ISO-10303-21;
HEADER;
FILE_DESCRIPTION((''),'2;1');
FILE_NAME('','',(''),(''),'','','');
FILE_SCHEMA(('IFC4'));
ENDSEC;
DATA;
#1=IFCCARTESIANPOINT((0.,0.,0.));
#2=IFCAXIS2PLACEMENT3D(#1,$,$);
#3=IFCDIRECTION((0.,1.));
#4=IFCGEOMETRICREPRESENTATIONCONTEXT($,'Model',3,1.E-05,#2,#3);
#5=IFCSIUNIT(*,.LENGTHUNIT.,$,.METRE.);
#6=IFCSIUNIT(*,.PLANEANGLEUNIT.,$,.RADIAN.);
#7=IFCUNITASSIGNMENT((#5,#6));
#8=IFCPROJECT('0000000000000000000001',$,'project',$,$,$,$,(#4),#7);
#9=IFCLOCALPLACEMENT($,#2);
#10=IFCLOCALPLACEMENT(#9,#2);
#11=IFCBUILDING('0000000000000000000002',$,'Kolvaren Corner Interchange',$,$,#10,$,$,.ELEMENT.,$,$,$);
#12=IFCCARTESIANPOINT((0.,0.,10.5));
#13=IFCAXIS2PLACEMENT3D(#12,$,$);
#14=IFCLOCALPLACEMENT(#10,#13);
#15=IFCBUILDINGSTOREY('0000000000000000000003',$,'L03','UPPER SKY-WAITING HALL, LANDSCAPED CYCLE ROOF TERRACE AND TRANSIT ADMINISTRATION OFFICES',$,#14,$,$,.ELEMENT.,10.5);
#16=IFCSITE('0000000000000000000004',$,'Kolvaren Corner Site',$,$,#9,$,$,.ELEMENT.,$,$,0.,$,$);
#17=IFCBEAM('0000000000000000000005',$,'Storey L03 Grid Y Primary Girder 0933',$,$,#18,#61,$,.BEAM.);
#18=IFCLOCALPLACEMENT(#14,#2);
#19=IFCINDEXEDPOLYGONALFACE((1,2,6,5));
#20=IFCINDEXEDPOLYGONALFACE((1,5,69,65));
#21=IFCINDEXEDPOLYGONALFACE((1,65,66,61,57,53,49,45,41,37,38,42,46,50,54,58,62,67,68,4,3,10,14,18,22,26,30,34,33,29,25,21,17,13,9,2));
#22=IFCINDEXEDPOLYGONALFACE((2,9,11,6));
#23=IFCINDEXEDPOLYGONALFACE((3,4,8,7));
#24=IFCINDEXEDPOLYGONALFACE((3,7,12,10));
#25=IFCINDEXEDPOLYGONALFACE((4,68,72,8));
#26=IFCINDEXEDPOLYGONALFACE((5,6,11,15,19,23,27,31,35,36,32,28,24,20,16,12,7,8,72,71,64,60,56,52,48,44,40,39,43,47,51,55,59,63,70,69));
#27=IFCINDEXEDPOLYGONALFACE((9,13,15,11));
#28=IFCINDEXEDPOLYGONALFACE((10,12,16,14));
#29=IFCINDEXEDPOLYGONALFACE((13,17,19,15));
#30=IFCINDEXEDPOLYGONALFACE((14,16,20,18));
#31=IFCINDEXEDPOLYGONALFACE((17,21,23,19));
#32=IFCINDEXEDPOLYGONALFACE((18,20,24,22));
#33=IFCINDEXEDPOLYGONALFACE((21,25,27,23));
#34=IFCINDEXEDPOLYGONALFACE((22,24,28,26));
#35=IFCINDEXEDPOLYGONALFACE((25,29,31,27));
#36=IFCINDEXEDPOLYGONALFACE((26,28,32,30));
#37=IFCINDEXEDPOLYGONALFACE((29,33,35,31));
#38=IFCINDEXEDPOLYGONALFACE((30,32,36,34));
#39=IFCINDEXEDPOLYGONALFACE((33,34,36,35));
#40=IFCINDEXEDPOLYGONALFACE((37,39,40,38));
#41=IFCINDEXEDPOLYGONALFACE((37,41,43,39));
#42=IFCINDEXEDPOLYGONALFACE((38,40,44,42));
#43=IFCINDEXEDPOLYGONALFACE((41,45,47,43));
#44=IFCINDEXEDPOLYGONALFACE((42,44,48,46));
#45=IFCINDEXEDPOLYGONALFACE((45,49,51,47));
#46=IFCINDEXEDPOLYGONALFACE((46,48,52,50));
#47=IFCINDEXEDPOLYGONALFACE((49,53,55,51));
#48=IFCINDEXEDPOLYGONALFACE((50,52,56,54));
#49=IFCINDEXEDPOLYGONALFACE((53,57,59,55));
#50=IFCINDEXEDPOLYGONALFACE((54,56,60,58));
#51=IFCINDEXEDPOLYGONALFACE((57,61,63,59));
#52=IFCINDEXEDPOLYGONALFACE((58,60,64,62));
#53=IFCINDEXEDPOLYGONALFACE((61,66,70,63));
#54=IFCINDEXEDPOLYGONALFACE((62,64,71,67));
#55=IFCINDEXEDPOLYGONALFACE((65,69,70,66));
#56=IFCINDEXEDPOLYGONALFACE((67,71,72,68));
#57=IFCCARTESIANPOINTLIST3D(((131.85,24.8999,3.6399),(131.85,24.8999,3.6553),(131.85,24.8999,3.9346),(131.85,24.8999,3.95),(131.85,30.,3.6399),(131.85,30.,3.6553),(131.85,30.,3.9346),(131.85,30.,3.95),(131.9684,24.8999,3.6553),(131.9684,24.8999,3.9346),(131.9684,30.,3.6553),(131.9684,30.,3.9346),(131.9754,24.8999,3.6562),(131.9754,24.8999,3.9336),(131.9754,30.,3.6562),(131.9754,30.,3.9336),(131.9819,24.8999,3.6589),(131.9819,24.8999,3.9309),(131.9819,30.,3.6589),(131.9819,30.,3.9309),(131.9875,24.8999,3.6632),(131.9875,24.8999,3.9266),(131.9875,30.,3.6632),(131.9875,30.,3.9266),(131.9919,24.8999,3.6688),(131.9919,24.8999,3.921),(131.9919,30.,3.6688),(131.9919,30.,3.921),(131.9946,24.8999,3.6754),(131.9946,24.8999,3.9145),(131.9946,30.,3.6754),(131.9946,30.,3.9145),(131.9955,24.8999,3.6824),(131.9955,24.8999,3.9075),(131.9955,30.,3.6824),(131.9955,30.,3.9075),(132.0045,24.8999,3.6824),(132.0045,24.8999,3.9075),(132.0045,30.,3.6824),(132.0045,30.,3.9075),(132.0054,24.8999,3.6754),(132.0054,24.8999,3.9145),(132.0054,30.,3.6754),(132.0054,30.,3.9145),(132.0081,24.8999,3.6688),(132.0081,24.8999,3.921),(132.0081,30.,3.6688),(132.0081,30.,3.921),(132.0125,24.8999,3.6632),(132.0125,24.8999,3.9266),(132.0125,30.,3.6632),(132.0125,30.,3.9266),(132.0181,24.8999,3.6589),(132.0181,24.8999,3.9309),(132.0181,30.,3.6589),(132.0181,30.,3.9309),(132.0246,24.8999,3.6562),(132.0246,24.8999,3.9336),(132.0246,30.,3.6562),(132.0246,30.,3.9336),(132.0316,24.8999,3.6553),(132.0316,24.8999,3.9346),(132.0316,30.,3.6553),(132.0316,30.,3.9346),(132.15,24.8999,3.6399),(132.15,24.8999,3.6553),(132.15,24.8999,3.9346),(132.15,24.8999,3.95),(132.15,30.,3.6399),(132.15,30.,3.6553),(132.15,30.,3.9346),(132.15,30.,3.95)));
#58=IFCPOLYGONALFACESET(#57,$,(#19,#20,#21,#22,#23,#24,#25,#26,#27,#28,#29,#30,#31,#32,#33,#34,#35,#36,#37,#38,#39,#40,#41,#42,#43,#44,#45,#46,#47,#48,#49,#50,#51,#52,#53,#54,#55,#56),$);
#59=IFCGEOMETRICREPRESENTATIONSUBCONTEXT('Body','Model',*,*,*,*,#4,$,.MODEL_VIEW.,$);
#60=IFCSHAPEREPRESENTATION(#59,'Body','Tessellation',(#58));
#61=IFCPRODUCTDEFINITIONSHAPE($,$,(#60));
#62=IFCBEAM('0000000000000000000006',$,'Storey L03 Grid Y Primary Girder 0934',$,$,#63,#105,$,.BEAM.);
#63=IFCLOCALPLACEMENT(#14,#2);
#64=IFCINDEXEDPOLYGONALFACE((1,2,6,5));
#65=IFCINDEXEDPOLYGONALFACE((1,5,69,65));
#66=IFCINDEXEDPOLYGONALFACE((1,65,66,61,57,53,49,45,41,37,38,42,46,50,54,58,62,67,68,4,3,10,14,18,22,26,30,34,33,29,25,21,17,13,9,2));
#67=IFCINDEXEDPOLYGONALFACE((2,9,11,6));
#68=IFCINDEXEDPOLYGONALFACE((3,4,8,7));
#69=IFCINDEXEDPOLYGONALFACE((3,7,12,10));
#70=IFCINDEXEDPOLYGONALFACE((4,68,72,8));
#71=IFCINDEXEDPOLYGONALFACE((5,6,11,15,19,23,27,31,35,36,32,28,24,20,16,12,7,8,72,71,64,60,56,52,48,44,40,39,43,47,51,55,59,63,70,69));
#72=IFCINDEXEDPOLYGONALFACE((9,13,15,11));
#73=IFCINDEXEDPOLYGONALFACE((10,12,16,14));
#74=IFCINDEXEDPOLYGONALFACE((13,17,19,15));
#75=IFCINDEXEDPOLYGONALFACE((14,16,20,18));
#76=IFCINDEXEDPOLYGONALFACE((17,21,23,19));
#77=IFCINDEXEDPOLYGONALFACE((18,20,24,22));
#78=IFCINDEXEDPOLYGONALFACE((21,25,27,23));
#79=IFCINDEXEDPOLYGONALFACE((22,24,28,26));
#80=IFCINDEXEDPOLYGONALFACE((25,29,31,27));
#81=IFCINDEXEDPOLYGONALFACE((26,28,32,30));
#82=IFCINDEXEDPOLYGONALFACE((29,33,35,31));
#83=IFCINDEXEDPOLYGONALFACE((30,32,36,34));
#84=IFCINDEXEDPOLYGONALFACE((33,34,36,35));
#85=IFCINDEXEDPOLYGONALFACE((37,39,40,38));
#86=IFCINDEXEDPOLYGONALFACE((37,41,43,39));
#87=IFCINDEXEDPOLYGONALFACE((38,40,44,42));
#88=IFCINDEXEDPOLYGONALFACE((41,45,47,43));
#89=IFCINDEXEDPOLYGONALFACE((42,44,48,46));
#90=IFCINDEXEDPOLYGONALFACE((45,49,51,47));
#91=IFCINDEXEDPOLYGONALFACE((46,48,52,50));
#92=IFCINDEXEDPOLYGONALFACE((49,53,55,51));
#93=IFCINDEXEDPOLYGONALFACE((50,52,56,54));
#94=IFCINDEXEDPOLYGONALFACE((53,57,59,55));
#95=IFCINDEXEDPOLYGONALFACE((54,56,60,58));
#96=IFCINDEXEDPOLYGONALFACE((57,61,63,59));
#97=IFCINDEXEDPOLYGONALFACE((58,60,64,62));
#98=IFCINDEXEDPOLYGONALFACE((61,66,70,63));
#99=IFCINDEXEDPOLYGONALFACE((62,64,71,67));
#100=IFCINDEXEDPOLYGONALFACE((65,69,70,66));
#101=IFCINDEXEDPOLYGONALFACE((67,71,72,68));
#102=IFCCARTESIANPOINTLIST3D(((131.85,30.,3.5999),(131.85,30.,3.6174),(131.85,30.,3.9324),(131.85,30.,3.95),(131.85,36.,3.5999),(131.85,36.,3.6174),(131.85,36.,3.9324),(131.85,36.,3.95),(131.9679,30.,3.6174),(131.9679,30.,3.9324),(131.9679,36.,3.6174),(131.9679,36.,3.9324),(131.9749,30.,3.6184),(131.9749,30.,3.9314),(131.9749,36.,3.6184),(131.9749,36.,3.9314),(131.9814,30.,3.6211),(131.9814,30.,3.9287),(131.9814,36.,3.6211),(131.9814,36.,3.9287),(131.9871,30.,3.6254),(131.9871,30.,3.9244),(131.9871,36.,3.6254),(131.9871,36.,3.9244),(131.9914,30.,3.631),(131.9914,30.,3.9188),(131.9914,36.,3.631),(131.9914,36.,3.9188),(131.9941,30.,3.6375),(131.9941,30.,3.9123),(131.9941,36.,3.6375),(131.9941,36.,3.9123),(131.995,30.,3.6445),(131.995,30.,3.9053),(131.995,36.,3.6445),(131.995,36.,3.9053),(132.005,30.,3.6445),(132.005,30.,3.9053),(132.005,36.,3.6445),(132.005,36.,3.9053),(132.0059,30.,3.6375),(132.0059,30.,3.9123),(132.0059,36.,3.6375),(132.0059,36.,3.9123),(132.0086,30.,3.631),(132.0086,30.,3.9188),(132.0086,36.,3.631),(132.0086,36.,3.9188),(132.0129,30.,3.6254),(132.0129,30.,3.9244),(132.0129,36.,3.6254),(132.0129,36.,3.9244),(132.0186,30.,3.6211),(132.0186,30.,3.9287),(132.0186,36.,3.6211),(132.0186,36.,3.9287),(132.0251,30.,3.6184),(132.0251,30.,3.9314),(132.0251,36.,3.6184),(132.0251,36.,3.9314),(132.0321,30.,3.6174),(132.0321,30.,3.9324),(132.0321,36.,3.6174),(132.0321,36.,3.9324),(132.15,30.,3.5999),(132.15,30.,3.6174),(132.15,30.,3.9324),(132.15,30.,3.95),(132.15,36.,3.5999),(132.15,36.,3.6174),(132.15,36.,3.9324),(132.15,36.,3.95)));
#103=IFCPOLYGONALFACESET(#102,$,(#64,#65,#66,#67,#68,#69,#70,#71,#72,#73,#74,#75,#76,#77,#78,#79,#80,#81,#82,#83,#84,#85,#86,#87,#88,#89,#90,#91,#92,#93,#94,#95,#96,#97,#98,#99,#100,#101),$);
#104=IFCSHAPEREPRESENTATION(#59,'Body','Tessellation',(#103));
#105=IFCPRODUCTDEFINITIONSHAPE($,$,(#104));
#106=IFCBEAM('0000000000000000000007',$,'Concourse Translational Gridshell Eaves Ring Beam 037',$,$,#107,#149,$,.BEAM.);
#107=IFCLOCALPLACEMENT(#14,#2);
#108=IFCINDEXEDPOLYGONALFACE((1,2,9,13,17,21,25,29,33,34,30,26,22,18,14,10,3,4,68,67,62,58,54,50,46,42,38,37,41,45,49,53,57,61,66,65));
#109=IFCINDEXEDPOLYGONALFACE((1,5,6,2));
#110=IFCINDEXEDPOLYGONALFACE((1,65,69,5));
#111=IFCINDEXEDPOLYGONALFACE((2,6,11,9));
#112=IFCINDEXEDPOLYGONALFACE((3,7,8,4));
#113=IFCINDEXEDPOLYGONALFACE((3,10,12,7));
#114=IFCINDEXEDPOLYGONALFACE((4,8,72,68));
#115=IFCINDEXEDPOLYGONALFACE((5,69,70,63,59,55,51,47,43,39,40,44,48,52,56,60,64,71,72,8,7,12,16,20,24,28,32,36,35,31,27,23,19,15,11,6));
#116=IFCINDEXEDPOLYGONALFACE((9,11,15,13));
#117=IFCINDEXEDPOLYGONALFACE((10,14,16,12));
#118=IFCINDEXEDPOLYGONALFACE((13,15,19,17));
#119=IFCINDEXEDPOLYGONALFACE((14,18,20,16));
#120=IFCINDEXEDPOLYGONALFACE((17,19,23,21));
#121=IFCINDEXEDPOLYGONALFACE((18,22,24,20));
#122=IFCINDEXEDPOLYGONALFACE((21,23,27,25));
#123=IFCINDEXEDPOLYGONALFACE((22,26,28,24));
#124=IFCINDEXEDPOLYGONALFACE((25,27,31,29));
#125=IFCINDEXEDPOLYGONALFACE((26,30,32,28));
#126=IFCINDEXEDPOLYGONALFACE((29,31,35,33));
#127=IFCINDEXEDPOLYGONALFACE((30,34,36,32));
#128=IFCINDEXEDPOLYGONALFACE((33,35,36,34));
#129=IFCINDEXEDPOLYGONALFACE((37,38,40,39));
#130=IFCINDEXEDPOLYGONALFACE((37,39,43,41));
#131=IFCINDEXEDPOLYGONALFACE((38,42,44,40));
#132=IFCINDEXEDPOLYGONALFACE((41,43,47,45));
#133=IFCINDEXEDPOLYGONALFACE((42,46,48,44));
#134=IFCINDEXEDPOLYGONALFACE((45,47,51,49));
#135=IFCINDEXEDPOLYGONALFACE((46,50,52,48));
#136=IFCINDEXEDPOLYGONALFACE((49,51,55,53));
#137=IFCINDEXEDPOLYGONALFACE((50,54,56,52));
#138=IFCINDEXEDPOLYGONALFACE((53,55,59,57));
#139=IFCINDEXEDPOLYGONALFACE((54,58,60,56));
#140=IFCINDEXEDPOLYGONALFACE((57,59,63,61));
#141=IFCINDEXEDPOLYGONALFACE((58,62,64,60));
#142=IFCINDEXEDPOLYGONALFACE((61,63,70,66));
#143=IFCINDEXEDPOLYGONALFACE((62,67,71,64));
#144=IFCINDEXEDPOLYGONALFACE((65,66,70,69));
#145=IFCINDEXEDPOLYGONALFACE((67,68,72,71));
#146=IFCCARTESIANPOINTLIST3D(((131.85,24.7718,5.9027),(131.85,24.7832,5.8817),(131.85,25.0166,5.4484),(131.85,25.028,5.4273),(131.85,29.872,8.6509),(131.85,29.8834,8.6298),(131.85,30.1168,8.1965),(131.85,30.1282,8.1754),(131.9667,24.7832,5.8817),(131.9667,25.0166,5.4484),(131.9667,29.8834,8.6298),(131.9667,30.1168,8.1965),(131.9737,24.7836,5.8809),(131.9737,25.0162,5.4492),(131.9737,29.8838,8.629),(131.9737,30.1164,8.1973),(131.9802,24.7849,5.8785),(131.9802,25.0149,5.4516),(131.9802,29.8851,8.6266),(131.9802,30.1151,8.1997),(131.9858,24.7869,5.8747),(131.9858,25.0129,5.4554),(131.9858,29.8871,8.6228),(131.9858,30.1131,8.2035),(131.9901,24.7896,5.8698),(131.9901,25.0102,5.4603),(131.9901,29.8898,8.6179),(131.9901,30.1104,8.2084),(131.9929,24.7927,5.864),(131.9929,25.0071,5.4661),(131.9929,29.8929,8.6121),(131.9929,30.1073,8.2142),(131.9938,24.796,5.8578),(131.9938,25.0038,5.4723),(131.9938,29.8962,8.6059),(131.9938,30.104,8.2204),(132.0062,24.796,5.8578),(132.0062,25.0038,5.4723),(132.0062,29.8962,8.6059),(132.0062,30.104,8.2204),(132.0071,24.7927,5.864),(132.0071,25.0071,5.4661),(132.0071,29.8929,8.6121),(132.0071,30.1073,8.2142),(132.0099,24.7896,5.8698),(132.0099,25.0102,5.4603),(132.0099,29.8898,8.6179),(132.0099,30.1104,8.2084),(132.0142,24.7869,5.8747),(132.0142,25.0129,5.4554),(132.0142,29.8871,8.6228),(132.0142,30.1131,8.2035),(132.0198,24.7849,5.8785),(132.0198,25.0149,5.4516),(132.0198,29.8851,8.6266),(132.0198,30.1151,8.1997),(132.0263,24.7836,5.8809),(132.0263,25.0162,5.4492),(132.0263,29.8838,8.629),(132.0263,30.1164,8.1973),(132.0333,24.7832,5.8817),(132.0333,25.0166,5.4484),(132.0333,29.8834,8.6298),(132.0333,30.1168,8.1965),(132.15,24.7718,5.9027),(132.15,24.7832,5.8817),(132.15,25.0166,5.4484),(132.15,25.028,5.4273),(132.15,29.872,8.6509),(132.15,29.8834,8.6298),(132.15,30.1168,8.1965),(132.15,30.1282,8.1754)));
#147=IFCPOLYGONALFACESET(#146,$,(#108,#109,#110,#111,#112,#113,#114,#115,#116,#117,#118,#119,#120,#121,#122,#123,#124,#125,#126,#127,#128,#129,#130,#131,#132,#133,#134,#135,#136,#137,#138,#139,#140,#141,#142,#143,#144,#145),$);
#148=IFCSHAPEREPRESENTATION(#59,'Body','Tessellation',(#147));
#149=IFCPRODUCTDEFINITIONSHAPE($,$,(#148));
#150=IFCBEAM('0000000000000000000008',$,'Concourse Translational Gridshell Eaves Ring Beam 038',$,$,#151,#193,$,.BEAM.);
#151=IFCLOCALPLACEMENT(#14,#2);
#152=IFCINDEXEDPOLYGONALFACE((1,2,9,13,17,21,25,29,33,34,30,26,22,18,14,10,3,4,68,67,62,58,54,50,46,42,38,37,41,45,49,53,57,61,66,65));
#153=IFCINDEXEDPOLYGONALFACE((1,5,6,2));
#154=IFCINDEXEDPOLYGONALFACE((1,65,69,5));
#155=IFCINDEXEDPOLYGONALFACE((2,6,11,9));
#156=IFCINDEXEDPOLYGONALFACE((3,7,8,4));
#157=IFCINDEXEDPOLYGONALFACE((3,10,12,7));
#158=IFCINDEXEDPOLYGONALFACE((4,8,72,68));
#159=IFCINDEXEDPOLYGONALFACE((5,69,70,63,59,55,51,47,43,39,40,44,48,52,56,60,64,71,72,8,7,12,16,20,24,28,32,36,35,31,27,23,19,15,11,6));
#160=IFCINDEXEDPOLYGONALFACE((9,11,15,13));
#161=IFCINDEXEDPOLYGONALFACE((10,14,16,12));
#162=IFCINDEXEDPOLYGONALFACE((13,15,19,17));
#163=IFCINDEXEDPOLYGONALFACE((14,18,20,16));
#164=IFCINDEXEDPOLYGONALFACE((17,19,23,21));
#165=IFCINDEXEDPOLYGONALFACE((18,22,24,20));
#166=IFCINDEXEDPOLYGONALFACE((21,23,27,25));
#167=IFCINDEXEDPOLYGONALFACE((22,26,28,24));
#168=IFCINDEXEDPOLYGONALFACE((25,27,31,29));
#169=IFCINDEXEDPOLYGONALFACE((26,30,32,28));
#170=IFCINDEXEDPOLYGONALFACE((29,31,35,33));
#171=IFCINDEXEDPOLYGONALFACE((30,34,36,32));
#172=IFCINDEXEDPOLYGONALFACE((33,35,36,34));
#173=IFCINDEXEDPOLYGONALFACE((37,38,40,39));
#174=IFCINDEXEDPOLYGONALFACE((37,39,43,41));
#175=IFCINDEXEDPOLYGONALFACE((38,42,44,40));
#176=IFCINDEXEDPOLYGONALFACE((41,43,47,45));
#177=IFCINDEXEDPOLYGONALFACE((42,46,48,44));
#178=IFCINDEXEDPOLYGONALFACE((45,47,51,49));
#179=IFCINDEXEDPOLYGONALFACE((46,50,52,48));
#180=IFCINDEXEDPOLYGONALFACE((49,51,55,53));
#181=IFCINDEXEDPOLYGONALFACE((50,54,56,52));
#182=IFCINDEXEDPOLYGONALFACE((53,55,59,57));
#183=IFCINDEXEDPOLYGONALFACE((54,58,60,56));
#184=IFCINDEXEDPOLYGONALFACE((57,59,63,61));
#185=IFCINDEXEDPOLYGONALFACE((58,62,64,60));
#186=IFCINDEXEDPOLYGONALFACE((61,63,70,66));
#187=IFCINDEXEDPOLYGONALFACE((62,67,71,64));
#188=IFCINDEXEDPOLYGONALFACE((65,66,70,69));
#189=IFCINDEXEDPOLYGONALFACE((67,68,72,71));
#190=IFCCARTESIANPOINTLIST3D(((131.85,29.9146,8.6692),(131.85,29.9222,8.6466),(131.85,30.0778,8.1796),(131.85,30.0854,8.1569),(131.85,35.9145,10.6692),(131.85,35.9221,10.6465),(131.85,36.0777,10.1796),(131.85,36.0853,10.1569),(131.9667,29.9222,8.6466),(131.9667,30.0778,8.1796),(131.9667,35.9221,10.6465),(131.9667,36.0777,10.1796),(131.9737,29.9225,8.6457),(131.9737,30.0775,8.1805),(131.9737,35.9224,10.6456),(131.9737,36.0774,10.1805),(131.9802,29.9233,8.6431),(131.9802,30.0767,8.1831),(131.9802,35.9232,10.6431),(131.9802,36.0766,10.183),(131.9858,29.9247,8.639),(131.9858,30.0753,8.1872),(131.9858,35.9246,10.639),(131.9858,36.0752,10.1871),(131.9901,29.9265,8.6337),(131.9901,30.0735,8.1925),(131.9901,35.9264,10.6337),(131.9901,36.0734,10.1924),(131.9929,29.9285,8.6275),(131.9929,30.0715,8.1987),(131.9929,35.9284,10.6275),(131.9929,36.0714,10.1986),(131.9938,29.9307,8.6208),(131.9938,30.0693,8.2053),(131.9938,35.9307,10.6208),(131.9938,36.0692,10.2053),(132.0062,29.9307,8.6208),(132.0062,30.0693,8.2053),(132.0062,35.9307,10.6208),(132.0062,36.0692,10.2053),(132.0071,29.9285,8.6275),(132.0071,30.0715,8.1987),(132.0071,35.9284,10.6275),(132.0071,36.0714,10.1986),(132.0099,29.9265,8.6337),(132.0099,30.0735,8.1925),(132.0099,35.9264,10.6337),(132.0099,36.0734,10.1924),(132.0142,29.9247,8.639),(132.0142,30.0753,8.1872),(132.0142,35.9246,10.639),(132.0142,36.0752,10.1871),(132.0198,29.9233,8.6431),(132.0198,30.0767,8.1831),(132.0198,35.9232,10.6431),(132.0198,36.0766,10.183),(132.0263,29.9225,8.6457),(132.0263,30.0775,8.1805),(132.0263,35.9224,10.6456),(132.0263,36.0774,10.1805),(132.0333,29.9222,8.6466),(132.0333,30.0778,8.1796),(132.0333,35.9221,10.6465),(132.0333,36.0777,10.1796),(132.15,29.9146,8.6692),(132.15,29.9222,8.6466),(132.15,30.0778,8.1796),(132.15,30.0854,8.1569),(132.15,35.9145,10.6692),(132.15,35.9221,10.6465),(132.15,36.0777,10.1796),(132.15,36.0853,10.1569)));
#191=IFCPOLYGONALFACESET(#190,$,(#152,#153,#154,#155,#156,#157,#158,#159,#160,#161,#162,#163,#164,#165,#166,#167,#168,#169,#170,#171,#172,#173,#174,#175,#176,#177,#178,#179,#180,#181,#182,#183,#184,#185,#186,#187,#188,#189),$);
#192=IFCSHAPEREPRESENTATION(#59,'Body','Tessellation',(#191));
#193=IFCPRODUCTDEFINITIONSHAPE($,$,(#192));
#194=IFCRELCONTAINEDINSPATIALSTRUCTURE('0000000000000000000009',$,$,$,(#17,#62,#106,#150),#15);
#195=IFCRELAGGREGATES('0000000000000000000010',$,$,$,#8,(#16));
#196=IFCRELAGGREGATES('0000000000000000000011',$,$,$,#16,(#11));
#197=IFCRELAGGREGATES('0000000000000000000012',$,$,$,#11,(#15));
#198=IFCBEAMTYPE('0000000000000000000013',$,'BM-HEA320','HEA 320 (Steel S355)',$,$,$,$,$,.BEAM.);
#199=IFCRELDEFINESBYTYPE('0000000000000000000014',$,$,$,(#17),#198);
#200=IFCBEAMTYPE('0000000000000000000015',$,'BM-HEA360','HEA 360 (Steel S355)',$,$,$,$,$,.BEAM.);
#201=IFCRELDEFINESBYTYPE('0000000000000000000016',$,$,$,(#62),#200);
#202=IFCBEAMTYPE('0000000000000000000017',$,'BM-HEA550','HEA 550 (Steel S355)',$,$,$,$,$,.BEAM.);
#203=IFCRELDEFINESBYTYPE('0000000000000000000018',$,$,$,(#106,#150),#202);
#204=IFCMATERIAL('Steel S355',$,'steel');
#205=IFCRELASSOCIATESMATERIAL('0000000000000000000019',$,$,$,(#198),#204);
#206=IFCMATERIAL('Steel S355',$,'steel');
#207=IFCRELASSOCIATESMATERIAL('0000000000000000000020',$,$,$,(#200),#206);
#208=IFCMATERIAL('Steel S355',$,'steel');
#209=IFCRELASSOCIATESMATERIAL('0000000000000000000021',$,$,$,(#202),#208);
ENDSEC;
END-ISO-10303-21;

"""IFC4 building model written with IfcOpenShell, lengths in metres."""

from ifc_helpers import new_model, si_unit, direction, frame, origin, origin_2d, place, context, subcontext, project, spatial, i_section, extrude, material, material_profile, profile_set, type_object, element, save


model = new_model("IFC4")

# Units and contexts
model_context = context("Model", 3, precision=1e-05, world=origin(), true_north=direction((0.0, 1.0)))
body_context = subcontext(model_context, "Body", "Model", "MODEL_VIEW")
ifc_project = project(units=[si_unit("LENGTHUNIT", "METRE"), si_unit("PLANEANGLEUNIT", "RADIAN")], contexts=[model_context])

# Site, building, storey
site_placement = place(None, origin())
site = spatial("IfcSite", under=ifc_project, at=site_placement, Name="Kolvaren Corner Site", CompositionType="ELEMENT", RefElevation=0.0)
building_placement = place(site_placement, origin())
building = spatial("IfcBuilding", under=site, at=building_placement, Name="Kolvaren Corner Interchange", CompositionType="ELEMENT")
storey_placement = place(building_placement, frame((0.0, 0.0, 10.5)))
storey = spatial("IfcBuildingStorey", under=building, at=storey_placement, Name="L03", Description="UPPER SKY-WAITING HALL, LANDSCAPED CYCLE ROOF TERRACE AND TRANSIT ADMINISTRATION OFFICES", CompositionType="ELEMENT", Elevation=10.5)

# Beams
ifc_material_1 = material(Name="Steel S355", Category="steel")
ifc_material_profile_1 = material_profile(ifc_material_1, i_section(OverallWidth=0.3, OverallDepth=0.3101, WebThickness=0.009, FlangeThickness=0.0154, FilletRadius=0.0271, at=origin_2d()), Name="HEA 320")
ifc_profile_set_1 = profile_set([ifc_material_profile_1], Name="Steel S355")
beam_type_1 = type_object("IfcBeamType", Name="BM-HEA320", Description="HEA 320 (Steel S355)", PredefinedType="BEAM", material=ifc_profile_set_1)
beam_1_placement = place(storey_placement, frame((132.0, 24.8999, 3.7949), z_axis=(0.0, 1.0, 0.0), x_axis=(-1.0, 0.0, 0.0)))
element("IfcBeam", 1, at=beam_1_placement, inside=storey, type_object=beam_type_1, Name="Storey L03 Grid Y Primary Girder 0933", PredefinedType="BEAM", context=body_context, shape_type="SweptSolid", body=[
    extrude(i_section(OverallWidth=0.3, OverallDepth=0.3101, WebThickness=0.009, FlangeThickness=0.0154, FilletRadius=0.0271, at=origin_2d()), origin(), (0.0, 0.0, 1.0), 5.1001),
])
ifc_material_2 = material(Name="Steel S355", Category="steel")
ifc_material_profile_2 = material_profile(ifc_material_2, i_section(OverallWidth=0.3, OverallDepth=0.3501, WebThickness=0.01, FlangeThickness=0.0176, FilletRadius=0.0271, at=origin_2d()), Name="HEA 360")
ifc_profile_set_2 = profile_set([ifc_material_profile_2], Name="Steel S355")
beam_type_2 = type_object("IfcBeamType", Name="BM-HEA360", Description="HEA 360 (Steel S355)", PredefinedType="BEAM", material=ifc_profile_set_2)
beam_2_placement = place(storey_placement, frame((132.0, 30.0, 3.7749), z_axis=(0.0, 1.0, 0.0), x_axis=(-1.0, 0.0, 0.0)))
element("IfcBeam", 2, at=beam_2_placement, inside=storey, type_object=beam_type_2, Name="Storey L03 Grid Y Primary Girder 0934", PredefinedType="BEAM", context=body_context, shape_type="SweptSolid", body=[
    extrude(i_section(OverallWidth=0.3, OverallDepth=0.3501, WebThickness=0.01, FlangeThickness=0.0176, FilletRadius=0.0271, at=origin_2d()), origin(), (0.0, 0.0, 1.0), 6.0),
])
ifc_material_3 = material(Name="Steel S355", Category="steel")
ifc_material_profile_3 = material_profile(ifc_material_3, i_section(OverallWidth=0.3, OverallDepth=0.54, WebThickness=0.0125, FlangeThickness=0.0239, FilletRadius=0.0271, at=origin_2d()), Name="HEA 550")
ifc_profile_set_3 = profile_set([ifc_material_profile_3], Name="Steel S355")
beam_type_3 = type_object("IfcBeamType", Name="BM-HEA550", Description="HEA 550 (Steel S355)", PredefinedType="BEAM", material=ifc_profile_set_3)
beam_3_placement = place(storey_placement, frame((132.0, 24.8999, 5.665), z_axis=(0.0, 0.880338, 0.474346), x_axis=(-1.0, 0.0, 0.0)))
element("IfcBeam", 3, at=beam_3_placement, inside=storey, type_object=beam_type_3, Name="Concourse Translational Gridshell Eaves Ring Beam 037", PredefinedType="BEAM", context=body_context, shape_type="SweptSolid", body=[
    extrude(i_section(OverallWidth=0.3, OverallDepth=0.54, WebThickness=0.0125, FlangeThickness=0.0239, FilletRadius=0.0271, at=origin_2d()), origin(), (0.0, 0.0, 1.0), 5.7935),
])
beam_4_placement = place(storey_placement, frame((132.0, 30.0, 8.4131), z_axis=(0.0, 0.948683, 0.316228), x_axis=(-1.0, 0.0, 0.0)))
element("IfcBeam", 4, at=beam_4_placement, inside=storey, type_object=beam_type_3, Name="Concourse Translational Gridshell Eaves Ring Beam 038", PredefinedType="BEAM", context=body_context, shape_type="SweptSolid", body=[
    extrude(i_section(OverallWidth=0.3, OverallDepth=0.54, WebThickness=0.0125, FlangeThickness=0.0239, FilletRadius=0.0271, at=origin_2d()), origin(), (0.0, 0.0, 1.0), 6.3245),
])

save(model, "model.ifc")
